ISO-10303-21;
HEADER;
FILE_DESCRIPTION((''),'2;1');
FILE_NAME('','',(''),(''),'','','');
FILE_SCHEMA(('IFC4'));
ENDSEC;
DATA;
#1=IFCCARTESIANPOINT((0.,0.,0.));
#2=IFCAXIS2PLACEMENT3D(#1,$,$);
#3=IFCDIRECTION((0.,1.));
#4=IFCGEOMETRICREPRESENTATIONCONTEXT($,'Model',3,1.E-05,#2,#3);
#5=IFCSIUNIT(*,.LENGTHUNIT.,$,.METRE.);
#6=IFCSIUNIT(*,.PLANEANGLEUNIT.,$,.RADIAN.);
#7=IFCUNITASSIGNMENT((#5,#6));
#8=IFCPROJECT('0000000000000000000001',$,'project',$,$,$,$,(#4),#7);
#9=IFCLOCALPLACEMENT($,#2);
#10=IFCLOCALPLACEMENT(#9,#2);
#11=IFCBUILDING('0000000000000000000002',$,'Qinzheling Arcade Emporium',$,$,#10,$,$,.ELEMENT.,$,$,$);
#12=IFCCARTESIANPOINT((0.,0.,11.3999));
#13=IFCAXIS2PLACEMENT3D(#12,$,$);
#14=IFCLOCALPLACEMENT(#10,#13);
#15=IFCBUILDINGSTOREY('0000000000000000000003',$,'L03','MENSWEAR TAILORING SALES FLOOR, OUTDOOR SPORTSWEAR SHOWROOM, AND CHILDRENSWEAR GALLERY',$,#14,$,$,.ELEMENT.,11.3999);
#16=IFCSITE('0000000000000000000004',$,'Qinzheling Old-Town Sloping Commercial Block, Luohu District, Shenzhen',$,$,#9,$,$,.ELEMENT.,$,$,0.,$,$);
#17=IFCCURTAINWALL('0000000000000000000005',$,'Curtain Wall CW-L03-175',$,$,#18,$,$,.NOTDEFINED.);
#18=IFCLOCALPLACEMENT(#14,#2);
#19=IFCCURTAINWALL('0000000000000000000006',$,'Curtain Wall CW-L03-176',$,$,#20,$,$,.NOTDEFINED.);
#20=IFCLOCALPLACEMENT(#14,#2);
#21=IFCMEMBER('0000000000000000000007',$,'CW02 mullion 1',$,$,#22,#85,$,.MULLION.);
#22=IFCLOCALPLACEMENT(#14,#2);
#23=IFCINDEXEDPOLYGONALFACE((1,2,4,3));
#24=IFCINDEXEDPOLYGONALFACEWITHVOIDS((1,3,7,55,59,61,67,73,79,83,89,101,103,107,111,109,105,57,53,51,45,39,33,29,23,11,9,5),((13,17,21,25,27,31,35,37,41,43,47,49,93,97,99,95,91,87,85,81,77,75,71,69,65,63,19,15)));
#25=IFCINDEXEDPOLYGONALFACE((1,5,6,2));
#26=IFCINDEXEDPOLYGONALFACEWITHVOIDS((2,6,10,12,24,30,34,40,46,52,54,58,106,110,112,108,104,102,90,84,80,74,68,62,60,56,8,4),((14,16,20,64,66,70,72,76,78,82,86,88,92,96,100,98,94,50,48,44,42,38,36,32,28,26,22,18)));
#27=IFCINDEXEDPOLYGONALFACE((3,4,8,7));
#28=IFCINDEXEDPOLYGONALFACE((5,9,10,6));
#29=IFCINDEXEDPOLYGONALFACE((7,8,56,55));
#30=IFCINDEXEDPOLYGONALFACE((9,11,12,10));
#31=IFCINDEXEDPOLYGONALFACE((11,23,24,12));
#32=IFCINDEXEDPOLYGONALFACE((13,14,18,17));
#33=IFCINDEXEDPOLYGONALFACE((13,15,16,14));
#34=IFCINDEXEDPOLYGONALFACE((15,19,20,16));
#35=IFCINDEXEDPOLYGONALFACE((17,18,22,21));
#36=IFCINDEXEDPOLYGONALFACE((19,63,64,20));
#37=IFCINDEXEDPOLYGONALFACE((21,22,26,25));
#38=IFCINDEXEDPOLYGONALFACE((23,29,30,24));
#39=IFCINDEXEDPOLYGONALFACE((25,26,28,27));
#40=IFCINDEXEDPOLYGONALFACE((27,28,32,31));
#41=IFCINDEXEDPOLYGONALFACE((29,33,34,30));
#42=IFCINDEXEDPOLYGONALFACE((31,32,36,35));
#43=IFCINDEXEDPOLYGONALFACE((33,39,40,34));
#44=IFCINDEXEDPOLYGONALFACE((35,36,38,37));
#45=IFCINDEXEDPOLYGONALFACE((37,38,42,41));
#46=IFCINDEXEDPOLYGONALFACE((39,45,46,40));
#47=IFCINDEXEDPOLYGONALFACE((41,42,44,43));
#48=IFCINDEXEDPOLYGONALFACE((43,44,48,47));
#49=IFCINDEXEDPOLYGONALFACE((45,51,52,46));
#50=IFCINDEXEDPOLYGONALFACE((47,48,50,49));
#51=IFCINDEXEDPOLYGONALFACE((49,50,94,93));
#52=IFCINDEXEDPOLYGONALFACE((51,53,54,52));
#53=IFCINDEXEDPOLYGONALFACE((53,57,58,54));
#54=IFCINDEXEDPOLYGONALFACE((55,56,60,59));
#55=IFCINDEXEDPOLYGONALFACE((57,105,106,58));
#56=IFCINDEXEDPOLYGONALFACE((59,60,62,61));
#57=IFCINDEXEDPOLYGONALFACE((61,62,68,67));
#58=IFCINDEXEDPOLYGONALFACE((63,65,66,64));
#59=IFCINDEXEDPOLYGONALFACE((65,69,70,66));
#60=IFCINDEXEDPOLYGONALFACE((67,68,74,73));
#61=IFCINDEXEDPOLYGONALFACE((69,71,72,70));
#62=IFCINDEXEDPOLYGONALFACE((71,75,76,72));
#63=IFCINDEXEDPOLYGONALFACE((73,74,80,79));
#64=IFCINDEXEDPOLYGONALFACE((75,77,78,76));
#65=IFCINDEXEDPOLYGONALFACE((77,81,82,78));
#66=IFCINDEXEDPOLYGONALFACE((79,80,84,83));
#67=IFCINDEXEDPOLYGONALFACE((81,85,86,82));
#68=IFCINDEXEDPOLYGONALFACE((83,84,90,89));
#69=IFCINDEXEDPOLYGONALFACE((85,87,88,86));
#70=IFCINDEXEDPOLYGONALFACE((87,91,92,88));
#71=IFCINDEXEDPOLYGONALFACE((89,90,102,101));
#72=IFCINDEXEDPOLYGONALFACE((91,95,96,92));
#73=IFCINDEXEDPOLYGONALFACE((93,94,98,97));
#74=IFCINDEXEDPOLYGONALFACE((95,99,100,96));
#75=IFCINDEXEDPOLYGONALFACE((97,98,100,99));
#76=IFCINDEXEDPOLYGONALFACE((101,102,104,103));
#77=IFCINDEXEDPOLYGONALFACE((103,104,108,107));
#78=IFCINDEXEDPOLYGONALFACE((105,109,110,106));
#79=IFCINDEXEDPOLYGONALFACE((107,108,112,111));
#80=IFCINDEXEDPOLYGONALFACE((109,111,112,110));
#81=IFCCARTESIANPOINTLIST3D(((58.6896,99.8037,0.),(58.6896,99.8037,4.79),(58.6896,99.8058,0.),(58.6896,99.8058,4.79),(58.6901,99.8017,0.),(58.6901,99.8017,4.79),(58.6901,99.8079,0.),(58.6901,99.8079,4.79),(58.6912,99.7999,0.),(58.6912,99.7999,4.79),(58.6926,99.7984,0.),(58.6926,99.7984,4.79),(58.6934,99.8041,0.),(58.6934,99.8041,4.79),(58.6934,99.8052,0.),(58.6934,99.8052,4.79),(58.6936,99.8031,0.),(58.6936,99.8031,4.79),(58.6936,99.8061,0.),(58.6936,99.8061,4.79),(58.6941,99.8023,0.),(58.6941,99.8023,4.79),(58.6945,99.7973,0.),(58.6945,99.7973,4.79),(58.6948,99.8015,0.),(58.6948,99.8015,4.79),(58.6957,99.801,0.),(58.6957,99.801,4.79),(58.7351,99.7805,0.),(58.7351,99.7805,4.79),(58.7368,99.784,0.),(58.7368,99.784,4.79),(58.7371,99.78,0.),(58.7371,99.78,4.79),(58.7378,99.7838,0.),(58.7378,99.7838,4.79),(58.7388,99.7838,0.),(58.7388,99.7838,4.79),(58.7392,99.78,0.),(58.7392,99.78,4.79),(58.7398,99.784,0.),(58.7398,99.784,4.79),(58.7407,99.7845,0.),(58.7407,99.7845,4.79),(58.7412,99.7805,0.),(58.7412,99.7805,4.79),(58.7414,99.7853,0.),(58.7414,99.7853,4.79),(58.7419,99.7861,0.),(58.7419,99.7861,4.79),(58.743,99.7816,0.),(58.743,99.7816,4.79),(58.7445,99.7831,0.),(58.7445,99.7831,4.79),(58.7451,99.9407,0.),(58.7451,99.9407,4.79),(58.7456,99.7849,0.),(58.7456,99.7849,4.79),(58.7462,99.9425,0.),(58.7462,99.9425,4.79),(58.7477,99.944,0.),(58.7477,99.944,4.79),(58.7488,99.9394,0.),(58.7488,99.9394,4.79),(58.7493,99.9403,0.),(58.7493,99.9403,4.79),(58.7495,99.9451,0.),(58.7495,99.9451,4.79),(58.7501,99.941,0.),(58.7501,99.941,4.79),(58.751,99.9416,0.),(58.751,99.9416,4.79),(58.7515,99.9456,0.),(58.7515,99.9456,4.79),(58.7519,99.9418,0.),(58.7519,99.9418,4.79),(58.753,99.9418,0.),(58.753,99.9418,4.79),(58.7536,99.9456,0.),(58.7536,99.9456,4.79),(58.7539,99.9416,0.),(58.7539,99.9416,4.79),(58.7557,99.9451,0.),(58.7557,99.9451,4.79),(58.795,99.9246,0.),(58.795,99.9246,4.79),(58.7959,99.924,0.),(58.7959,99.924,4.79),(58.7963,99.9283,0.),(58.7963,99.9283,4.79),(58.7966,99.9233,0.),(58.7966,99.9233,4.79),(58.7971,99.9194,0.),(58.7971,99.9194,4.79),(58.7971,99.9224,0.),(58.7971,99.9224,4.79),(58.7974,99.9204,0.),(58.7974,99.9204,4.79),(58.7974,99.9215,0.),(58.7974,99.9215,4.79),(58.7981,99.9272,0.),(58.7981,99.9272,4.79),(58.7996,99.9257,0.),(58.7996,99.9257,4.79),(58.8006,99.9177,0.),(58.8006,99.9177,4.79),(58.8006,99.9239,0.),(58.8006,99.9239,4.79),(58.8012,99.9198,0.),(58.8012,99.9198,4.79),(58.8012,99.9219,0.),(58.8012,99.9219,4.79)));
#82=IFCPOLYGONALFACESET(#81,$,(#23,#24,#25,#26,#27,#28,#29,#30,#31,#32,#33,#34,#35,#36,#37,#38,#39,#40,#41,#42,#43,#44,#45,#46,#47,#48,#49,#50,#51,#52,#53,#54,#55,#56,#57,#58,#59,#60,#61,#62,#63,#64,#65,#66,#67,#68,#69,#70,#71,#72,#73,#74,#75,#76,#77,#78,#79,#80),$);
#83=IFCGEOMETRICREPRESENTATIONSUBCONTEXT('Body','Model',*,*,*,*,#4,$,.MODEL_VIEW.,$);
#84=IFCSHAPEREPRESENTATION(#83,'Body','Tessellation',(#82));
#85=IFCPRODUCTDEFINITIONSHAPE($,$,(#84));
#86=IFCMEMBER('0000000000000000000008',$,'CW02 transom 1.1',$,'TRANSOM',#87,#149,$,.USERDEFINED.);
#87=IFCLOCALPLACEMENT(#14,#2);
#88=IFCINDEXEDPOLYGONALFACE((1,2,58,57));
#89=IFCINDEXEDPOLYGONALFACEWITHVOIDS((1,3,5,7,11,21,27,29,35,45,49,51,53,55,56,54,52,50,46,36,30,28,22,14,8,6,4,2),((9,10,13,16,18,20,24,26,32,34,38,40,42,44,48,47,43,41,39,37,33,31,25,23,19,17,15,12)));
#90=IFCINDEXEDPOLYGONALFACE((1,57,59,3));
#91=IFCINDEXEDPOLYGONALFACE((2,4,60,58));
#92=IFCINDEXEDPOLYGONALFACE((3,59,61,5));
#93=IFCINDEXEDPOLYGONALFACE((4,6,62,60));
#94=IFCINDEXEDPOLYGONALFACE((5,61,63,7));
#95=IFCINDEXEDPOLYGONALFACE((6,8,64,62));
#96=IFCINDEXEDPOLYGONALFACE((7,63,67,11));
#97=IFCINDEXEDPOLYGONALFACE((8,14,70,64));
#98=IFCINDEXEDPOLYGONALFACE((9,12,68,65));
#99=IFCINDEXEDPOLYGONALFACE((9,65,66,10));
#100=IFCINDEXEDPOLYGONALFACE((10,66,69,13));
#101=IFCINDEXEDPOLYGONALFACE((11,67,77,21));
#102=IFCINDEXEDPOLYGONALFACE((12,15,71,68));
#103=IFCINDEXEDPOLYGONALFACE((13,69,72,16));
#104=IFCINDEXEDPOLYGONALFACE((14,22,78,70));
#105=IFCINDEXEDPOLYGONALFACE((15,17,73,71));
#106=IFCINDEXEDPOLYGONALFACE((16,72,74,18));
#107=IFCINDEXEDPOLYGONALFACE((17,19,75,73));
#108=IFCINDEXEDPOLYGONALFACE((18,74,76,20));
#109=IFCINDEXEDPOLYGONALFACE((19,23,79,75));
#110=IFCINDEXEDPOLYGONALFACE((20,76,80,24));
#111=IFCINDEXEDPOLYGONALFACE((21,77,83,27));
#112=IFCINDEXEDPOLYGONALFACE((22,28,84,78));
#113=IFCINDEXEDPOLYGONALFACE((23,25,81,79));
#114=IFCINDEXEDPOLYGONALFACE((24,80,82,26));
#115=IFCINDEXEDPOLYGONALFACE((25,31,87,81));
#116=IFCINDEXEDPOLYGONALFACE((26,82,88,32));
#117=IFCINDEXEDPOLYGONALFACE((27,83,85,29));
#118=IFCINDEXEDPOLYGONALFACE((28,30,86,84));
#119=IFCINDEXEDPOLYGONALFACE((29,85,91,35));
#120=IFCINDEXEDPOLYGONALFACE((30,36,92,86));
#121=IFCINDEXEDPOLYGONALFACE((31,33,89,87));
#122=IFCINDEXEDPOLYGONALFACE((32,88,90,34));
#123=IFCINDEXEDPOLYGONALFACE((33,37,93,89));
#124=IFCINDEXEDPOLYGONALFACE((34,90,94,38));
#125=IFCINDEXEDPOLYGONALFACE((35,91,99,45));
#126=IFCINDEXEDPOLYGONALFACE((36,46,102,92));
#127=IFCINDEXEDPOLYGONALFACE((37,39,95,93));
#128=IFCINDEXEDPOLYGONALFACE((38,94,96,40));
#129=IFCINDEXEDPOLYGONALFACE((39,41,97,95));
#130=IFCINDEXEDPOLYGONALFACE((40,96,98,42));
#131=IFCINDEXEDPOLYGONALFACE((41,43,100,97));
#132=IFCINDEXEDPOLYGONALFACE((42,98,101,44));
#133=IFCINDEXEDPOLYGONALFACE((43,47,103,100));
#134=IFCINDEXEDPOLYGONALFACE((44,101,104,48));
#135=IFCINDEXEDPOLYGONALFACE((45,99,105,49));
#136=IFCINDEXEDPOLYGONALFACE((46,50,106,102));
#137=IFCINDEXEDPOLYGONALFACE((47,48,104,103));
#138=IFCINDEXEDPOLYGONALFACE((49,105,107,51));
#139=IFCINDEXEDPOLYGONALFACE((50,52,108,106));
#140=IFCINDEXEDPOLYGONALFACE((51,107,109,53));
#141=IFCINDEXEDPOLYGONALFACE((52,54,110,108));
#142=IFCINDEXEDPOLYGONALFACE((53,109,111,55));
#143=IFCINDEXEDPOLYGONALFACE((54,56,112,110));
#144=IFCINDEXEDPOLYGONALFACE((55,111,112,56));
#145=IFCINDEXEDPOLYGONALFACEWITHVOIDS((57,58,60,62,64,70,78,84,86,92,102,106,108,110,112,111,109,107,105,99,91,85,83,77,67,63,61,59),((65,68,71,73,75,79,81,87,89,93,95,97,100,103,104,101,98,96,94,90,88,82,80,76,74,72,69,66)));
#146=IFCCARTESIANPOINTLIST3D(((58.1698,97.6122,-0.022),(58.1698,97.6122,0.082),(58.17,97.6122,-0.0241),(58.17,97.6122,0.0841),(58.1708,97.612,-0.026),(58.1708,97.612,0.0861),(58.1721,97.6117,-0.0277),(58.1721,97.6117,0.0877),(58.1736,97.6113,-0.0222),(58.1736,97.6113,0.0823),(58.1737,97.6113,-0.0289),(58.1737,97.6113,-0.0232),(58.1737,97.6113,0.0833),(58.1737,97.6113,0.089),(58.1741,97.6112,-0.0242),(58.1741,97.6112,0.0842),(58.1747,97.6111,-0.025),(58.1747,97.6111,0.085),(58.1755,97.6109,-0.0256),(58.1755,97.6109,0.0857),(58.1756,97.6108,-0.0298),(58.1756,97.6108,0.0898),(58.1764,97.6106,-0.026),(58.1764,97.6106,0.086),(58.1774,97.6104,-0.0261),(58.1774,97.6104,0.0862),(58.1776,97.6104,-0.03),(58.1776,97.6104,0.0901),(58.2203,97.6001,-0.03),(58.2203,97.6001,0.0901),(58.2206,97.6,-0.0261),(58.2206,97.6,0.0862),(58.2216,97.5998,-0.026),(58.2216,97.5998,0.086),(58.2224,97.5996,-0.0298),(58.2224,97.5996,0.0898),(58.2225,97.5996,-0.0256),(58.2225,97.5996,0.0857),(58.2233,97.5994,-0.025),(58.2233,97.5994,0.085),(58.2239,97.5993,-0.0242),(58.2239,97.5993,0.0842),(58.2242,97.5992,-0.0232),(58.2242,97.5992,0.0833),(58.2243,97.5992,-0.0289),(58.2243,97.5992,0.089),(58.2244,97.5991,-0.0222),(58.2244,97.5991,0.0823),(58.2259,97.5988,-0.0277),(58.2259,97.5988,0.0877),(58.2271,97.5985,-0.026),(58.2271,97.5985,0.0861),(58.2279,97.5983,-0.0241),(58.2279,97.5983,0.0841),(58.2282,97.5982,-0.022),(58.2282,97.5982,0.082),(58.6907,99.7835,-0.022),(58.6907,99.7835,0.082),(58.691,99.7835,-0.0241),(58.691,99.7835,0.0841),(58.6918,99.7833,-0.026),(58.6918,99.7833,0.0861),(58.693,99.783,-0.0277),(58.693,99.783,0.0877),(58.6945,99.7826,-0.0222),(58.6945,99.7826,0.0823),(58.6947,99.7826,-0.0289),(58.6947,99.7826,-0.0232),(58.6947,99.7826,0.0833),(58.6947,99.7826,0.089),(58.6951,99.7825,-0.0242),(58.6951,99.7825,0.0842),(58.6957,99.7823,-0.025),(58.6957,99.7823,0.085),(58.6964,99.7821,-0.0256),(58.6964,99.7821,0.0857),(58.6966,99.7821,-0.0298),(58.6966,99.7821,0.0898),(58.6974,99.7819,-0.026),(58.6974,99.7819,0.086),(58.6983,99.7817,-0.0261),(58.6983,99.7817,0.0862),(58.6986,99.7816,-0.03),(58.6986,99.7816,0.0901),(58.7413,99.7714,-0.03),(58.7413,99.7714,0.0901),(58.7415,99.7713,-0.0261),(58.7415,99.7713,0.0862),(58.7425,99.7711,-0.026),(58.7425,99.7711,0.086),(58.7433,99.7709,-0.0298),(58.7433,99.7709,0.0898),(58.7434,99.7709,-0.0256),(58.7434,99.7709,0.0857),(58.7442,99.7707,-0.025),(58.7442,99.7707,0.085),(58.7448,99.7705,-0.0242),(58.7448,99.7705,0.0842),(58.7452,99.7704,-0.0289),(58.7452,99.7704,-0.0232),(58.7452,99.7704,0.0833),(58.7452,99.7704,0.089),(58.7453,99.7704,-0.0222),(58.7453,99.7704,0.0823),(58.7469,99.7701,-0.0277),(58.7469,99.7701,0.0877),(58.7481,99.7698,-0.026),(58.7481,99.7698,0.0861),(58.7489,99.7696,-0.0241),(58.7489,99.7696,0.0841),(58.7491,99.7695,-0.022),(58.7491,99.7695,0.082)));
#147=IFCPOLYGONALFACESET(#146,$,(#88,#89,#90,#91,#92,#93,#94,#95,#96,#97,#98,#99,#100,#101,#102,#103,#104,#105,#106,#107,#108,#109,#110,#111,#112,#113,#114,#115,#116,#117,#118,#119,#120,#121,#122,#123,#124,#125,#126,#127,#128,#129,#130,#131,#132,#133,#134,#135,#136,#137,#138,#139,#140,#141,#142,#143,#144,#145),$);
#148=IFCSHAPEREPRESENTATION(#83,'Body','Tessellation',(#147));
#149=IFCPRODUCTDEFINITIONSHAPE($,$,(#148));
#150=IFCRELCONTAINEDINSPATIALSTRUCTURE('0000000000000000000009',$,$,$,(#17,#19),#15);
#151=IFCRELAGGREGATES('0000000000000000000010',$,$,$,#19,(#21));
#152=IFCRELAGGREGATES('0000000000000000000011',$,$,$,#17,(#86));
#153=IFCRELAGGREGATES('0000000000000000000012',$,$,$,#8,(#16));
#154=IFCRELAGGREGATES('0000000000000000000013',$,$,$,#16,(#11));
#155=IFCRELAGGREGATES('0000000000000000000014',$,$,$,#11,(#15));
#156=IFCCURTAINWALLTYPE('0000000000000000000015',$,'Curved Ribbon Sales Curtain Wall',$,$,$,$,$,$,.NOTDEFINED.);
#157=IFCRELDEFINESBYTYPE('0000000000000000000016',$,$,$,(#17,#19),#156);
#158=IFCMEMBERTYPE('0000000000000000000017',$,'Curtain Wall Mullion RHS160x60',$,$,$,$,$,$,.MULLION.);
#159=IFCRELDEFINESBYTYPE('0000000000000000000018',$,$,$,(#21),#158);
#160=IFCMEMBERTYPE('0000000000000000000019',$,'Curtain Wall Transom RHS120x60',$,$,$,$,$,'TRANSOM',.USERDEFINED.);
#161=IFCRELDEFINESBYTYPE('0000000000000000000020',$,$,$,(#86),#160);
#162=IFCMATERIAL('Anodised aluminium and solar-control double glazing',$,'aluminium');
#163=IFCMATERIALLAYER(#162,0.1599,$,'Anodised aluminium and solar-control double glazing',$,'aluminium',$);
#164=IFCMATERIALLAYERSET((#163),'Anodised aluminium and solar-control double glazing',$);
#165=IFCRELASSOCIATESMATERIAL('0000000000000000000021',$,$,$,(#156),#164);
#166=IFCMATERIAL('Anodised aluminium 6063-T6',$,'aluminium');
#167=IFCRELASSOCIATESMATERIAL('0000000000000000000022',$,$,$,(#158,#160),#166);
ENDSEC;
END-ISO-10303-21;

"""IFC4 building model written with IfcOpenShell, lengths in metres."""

from ifc_helpers import new_model, si_unit, direction, frame, origin, origin_2d, place, context, subcontext, project, spatial, hollow_rectangle, extrude, material, layer, layer_set, material_profile, profile_set, type_object, element, aggregate, save


model = new_model("IFC4")

# Units and contexts
model_context = context("Model", 3, precision=1e-05, world=origin(), true_north=direction((0.0, 1.0)))
body_context = subcontext(model_context, "Body", "Model", "MODEL_VIEW")
ifc_project = project(units=[si_unit("LENGTHUNIT", "METRE"), si_unit("PLANEANGLEUNIT", "RADIAN")], contexts=[model_context])

# Site, building, storey
site_placement = place(None, origin())
site = spatial("IfcSite", under=ifc_project, at=site_placement, Name="Qinzheling Old-Town Sloping Commercial Block, Luohu District, Shenzhen", CompositionType="ELEMENT", RefElevation=0.0)
building_placement = place(site_placement, origin())
building = spatial("IfcBuilding", under=site, at=building_placement, Name="Qinzheling Arcade Emporium", CompositionType="ELEMENT")
storey_placement = place(building_placement, frame((0.0, 0.0, 11.3999)))
storey = spatial("IfcBuildingStorey", under=building, at=storey_placement, Name="L03", Description="MENSWEAR TAILORING SALES FLOOR, OUTDOOR SPORTSWEAR SHOWROOM, AND CHILDRENSWEAR GALLERY", CompositionType="ELEMENT", Elevation=11.3999)

# Curtain wall
ifc_material_1 = material(Name="Anodised aluminium and solar-control double glazing", Category="aluminium")
ifc_layer_1 = layer(ifc_material_1, 0.1599, Name="Anodised aluminium and solar-control double glazing", Category="aluminium")
ifc_layer_set_1 = layer_set([ifc_layer_1], Name="Anodised aluminium and solar-control double glazing")
curtain_wall_type = type_object("IfcCurtainWallType", Name="Curved Ribbon Sales Curtain Wall", PredefinedType="NOTDEFINED", material=ifc_layer_set_1)
curtain_wall_1_placement = place(storey_placement, origin())
curtain_wall_1 = element("IfcCurtainWall", 1, at=curtain_wall_1_placement, inside=storey, type_object=curtain_wall_type, Name="Curtain Wall CW-L03-175", PredefinedType="NOTDEFINED")
ifc_material_2 = material(Name="Anodised aluminium 6063-T6", Category="aluminium")
ifc_material_profile_1 = material_profile(ifc_material_2, hollow_rectangle(XDim=0.0601, YDim=0.1599, WallThickness=0.0039, InnerFilletRadius=0.0039, OuterFilletRadius=0.0081, at=origin_2d()), Name="RHS 160x60x4", Category="aluminium")
ifc_profile_set_1 = profile_set([ifc_material_profile_1], Name="Anodised aluminium 6063-T6")
member_type_1 = type_object("IfcMemberType", Name="Curtain Wall Mullion RHS160x60", PredefinedType="MULLION", material=ifc_profile_set_1)

# Curtain wall, member
curtain_wall_2_placement = place(storey_placement, origin())
curtain_wall_2 = element("IfcCurtainWall", 2, at=curtain_wall_2_placement, inside=storey, type_object=curtain_wall_type, Name="Curtain Wall CW-L03-176", PredefinedType="NOTDEFINED")
member_1_placement = place(storey_placement, frame((58.7454, 99.8628, 0.0), z_axis=(0.0, 0.0, 1.0), x_axis=(-0.923867, 0.382714, 0.0)))
member_1 = element("IfcMember", 3, at=member_1_placement, type_object=member_type_1, Name="CW02 mullion 1", PredefinedType="MULLION", context=body_context, shape_type="SweptSolid", body=[
    extrude(hollow_rectangle(XDim=0.0601, YDim=0.1599, WallThickness=0.0039, InnerFilletRadius=0.0039, OuterFilletRadius=0.0081, at=origin_2d()), origin(), (0.0, 0.0, 1.0), 4.79),
])

# Member
ifc_material_profile_2 = material_profile(ifc_material_2, hollow_rectangle(XDim=0.0601, YDim=0.1201, WallThickness=0.0039, InnerFilletRadius=0.0039, OuterFilletRadius=0.0081, at=origin_2d()), Name="RHS 120x60x4", Category="aluminium")
ifc_profile_set_2 = profile_set([ifc_material_profile_2], Name="Anodised aluminium 6063-T6")
member_type_2 = type_object("IfcMemberType", Name="Curtain Wall Transom RHS120x60", ElementType="TRANSOM", PredefinedType="USERDEFINED", material=ifc_profile_set_2)
member_2_placement = place(storey_placement, frame((58.199, 97.6052, 0.03), z_axis=(0.233315, 0.972401, 0.0), x_axis=(-0.972401, 0.233315, 0.0)))
member_2 = element("IfcMember", 4, at=member_2_placement, type_object=member_type_2, Name="CW02 transom 1.1", ObjectType="TRANSOM", PredefinedType="USERDEFINED", context=body_context, shape_type="SweptSolid", body=[
    extrude(hollow_rectangle(XDim=0.0601, YDim=0.1201, WallThickness=0.0039, InnerFilletRadius=0.0039, OuterFilletRadius=0.0081, at=origin_2d()), origin(), (0.0, 0.0, 1.0), 2.2329),
])
aggregate(curtain_wall_2, [member_1])

aggregate(curtain_wall_1, [member_2])

save(model, "model.ifc")
